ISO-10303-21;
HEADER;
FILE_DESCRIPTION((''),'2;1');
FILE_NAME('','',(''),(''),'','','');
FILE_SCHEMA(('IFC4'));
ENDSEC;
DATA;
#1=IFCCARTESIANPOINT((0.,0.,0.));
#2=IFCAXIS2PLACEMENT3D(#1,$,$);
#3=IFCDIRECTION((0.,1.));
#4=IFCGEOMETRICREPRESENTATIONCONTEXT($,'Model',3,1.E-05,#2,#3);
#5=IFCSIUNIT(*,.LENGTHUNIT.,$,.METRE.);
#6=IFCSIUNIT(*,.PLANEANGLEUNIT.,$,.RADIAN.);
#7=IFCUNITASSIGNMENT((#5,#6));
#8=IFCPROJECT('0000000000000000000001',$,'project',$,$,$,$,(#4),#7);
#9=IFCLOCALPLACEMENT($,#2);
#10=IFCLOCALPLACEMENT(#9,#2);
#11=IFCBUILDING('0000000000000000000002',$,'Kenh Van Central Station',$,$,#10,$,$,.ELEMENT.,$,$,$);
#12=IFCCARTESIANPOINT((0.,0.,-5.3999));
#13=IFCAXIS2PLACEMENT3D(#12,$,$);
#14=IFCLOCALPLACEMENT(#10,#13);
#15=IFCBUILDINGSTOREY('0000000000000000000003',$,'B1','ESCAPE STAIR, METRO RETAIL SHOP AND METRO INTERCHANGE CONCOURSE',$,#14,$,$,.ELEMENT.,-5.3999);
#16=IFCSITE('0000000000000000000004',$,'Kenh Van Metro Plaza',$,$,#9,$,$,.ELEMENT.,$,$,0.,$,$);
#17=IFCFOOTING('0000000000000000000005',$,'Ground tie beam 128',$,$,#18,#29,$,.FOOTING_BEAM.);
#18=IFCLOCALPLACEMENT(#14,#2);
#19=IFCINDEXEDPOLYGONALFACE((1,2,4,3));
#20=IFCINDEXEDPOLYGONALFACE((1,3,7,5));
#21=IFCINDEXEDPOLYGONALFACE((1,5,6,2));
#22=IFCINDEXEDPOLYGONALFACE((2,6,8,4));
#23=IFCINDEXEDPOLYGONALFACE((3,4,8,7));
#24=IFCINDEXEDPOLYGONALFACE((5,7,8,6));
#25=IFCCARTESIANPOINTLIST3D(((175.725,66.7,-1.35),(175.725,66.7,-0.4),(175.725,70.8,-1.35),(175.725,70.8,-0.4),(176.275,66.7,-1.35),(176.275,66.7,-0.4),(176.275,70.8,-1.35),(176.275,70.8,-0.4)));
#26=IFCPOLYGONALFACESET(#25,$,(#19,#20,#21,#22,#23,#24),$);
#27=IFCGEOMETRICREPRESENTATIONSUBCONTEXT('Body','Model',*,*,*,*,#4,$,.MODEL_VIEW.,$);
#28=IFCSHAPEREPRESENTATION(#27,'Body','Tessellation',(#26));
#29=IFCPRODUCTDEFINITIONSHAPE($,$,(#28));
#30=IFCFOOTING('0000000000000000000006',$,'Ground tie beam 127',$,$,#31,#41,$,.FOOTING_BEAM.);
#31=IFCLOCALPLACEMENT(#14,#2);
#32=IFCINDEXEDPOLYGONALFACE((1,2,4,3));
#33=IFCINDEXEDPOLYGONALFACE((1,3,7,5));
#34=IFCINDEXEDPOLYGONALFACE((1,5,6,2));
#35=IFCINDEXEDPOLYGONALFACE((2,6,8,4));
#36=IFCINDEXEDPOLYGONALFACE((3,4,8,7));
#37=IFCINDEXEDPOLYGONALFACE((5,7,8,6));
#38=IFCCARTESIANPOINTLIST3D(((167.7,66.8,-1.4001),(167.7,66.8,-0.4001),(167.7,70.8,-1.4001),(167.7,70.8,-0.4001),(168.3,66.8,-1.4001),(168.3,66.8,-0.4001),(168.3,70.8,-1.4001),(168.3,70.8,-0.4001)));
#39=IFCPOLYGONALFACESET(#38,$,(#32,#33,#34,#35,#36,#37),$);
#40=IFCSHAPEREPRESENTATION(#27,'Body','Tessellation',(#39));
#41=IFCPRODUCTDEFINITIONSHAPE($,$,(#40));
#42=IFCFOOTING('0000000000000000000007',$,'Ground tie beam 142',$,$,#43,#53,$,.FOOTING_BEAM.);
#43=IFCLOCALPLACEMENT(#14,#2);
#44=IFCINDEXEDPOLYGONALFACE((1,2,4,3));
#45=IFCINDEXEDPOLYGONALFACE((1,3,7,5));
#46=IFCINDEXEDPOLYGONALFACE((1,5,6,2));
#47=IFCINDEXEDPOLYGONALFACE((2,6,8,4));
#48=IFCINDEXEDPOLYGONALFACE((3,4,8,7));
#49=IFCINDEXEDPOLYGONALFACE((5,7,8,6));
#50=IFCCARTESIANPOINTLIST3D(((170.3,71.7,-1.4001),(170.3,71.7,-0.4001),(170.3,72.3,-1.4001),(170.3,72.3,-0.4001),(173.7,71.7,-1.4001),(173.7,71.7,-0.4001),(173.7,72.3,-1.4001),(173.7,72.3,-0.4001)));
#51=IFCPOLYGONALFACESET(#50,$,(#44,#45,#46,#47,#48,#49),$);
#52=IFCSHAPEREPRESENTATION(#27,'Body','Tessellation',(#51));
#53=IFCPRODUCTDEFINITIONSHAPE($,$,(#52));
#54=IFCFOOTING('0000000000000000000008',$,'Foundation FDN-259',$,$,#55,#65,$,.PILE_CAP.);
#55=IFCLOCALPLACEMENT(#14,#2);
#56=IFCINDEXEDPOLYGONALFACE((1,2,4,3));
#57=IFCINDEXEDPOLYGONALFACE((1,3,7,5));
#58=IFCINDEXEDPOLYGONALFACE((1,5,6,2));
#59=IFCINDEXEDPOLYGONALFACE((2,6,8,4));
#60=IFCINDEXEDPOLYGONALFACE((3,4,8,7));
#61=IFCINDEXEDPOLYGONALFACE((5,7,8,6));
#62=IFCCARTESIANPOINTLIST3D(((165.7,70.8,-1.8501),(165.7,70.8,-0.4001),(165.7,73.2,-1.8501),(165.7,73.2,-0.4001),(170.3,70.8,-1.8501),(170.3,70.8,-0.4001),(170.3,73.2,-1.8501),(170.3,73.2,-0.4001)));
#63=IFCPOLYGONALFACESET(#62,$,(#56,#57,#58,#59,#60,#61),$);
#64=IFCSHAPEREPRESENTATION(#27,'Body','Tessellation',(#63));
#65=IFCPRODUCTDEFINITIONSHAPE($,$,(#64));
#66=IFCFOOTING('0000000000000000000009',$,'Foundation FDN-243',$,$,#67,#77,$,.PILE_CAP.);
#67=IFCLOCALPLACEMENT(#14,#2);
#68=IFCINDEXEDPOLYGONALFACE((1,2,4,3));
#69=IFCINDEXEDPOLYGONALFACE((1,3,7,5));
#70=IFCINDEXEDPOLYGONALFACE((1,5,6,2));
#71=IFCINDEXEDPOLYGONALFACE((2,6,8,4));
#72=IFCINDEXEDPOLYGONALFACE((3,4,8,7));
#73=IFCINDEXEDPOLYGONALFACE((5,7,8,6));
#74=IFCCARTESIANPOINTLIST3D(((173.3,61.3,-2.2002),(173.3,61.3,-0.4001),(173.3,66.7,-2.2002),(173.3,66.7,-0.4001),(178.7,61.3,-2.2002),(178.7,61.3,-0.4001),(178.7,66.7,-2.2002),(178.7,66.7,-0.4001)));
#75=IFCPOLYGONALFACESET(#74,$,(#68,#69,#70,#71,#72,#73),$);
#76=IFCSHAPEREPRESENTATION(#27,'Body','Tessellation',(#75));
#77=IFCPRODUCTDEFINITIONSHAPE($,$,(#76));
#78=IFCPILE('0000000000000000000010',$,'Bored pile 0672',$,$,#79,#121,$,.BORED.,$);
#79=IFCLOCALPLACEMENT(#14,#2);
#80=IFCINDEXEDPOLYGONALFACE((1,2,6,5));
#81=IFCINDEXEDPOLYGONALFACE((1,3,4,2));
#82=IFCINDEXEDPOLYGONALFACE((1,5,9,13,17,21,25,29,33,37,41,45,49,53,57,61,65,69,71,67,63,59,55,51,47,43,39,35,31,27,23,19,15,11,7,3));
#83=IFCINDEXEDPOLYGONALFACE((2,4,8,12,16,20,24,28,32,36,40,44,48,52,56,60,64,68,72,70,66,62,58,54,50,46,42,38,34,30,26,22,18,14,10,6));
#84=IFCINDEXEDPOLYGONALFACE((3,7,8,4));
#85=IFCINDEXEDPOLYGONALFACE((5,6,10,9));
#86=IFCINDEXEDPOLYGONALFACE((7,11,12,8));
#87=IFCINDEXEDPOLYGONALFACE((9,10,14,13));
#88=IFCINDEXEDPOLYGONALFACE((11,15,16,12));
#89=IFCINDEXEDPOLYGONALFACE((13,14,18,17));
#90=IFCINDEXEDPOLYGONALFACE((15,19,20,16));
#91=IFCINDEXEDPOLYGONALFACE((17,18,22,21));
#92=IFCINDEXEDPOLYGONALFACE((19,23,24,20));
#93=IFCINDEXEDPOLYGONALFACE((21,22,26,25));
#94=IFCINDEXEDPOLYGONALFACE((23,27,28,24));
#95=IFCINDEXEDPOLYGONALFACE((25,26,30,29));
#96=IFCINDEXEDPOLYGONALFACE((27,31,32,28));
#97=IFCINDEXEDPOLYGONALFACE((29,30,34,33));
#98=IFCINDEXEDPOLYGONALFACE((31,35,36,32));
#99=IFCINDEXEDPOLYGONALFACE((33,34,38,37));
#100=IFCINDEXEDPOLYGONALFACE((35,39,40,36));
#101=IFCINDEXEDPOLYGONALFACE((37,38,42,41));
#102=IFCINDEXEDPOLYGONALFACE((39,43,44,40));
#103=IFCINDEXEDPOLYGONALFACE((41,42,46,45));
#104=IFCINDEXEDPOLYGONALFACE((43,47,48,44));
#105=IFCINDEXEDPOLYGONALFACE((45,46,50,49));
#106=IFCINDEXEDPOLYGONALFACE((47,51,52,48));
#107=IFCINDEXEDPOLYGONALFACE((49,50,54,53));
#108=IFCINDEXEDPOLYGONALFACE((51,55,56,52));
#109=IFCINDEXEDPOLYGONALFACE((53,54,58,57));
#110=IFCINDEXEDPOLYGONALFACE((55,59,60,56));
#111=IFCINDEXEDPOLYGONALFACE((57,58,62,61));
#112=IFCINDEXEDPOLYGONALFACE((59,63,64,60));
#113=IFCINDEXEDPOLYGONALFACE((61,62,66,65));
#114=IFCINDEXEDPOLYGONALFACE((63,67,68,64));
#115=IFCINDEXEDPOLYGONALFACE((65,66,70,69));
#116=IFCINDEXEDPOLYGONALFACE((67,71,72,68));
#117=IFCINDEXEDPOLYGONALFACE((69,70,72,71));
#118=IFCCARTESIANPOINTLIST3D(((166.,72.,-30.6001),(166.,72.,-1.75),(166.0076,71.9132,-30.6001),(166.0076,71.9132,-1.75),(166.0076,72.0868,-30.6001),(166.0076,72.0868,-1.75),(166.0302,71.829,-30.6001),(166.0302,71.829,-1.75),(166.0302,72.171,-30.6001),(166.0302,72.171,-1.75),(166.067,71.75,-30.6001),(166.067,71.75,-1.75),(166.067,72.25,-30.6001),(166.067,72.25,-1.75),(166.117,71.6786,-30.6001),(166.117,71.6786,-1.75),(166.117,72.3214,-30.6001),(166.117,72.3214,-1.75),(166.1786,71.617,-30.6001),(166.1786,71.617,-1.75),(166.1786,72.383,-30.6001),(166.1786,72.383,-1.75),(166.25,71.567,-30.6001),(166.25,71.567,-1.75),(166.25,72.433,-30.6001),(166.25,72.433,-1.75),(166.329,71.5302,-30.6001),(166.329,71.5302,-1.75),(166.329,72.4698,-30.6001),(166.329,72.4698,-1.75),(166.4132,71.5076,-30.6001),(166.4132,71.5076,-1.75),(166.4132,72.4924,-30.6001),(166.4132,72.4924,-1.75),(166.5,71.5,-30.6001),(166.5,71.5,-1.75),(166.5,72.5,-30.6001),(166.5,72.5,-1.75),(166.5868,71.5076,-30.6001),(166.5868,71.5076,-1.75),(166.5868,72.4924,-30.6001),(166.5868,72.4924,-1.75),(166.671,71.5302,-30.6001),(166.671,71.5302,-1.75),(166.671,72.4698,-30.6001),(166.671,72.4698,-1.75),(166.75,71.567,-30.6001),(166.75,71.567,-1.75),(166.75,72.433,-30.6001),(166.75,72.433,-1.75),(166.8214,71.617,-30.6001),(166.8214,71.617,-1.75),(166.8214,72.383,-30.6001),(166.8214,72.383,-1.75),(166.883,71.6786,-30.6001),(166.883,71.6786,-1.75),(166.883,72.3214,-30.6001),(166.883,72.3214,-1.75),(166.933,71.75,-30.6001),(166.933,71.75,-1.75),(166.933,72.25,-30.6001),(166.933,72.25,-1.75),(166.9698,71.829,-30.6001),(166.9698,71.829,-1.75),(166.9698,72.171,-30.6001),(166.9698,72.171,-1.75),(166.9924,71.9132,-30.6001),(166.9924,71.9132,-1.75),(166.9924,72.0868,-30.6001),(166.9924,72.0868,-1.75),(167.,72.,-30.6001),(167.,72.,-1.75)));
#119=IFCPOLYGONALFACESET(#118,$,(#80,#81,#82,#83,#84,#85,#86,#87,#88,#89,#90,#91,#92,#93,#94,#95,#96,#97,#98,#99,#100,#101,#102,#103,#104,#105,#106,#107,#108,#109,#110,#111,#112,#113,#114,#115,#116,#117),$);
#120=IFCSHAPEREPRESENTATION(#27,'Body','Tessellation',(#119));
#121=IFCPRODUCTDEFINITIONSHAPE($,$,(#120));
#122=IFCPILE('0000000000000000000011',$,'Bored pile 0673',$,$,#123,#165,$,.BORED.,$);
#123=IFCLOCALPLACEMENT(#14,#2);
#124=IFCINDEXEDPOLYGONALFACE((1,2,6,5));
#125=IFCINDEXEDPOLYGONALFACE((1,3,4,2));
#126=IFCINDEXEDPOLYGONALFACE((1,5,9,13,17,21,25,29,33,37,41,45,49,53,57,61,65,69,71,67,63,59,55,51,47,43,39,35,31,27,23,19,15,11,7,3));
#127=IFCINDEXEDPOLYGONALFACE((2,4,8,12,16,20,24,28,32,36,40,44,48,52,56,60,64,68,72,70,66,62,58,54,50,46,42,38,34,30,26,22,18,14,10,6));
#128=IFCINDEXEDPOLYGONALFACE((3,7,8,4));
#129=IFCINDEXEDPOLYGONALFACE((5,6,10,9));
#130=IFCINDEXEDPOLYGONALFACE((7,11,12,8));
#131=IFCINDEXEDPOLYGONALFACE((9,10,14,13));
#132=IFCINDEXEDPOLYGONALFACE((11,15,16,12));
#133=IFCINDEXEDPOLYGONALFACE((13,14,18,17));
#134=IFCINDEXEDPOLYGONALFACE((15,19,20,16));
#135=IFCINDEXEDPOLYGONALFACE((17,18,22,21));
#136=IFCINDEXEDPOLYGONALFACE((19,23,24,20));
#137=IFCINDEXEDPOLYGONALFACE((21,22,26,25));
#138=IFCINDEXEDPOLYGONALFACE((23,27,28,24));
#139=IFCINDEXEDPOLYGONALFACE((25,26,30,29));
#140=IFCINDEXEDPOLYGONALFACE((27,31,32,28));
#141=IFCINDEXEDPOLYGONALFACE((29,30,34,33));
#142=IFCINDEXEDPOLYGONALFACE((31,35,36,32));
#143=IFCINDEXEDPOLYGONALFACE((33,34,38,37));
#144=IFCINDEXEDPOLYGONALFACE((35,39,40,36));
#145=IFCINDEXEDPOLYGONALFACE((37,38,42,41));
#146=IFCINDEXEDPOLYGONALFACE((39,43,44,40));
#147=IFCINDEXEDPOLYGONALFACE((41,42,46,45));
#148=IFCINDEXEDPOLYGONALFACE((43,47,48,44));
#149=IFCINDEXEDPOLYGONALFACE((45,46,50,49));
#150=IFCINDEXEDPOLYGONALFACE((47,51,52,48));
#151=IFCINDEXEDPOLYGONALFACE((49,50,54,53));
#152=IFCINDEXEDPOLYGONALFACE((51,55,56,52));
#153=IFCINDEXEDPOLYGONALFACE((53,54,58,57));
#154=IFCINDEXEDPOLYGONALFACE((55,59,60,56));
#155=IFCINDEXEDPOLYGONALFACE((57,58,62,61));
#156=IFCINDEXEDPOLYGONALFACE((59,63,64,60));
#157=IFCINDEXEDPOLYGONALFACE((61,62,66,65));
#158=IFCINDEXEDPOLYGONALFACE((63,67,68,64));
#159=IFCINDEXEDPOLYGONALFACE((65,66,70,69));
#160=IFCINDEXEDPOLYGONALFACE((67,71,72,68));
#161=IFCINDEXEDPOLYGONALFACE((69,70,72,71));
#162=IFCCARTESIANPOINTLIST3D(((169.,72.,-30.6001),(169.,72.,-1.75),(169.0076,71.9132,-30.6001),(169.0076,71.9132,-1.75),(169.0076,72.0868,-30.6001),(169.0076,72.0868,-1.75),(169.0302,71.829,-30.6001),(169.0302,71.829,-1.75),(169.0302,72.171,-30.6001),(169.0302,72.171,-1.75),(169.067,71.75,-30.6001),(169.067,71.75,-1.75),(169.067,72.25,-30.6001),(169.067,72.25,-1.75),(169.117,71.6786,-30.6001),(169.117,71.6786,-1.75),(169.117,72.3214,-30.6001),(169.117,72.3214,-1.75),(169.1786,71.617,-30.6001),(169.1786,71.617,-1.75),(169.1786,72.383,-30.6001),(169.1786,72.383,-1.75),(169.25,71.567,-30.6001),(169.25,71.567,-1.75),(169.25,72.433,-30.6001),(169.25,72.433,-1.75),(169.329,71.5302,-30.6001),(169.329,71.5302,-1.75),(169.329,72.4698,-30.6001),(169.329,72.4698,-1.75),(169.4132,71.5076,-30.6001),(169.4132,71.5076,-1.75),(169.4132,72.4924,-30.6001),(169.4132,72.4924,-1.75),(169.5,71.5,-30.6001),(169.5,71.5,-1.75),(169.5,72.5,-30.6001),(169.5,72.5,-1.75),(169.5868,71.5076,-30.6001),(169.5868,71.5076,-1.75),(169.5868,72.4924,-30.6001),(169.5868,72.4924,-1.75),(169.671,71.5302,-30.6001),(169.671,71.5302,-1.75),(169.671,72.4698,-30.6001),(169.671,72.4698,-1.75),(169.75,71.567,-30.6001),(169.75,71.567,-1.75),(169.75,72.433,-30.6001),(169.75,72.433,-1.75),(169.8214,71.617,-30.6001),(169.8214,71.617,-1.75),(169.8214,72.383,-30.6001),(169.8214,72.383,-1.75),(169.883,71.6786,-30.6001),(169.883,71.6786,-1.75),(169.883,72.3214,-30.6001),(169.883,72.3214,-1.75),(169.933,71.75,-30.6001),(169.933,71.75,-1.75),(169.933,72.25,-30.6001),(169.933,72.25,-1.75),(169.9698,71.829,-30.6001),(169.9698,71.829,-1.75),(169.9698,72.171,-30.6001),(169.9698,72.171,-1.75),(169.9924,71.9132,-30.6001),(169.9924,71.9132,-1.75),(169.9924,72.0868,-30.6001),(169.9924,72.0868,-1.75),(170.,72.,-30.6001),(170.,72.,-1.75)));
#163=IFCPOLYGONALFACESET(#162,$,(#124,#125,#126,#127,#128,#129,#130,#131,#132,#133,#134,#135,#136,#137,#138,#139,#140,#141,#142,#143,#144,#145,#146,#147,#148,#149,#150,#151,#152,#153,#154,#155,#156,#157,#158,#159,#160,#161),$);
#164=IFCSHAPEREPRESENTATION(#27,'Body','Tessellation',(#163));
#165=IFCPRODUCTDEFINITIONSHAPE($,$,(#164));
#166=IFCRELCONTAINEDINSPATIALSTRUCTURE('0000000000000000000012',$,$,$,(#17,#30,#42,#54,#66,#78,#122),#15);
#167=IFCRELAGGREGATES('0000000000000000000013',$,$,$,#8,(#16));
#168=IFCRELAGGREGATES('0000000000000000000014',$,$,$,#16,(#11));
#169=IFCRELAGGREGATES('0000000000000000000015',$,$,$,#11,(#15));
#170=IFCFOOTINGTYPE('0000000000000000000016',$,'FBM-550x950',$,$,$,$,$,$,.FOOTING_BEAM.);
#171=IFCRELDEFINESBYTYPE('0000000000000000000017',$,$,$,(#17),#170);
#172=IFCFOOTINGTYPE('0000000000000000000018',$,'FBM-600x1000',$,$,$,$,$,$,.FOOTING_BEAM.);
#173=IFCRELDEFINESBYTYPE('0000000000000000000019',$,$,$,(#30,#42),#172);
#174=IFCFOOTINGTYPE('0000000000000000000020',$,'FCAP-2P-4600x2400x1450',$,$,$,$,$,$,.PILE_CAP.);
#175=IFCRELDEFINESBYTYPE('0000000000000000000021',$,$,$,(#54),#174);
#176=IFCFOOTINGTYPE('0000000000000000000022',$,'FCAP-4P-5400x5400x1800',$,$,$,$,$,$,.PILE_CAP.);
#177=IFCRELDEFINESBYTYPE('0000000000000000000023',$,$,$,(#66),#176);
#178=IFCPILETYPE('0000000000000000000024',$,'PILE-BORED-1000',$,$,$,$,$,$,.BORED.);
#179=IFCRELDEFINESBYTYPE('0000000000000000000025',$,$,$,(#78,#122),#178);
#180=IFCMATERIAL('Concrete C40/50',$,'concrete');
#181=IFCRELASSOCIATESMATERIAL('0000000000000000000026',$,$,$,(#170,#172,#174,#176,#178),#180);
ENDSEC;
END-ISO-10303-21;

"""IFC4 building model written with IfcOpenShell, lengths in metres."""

from ifc_helpers import new_model, si_unit, direction, frame, origin, origin_2d, place, context, subcontext, project, spatial, rectangle, circle, extrude, material, material_profile, profile_set, type_object, element, save


model = new_model("IFC4")

# Units and contexts
model_context = context("Model", 3, precision=1e-05, world=origin(), true_north=direction((0.0, 1.0)))
body_context = subcontext(model_context, "Body", "Model", "MODEL_VIEW")
ifc_project = project(units=[si_unit("LENGTHUNIT", "METRE"), si_unit("PLANEANGLEUNIT", "RADIAN")], contexts=[model_context])

# Site, building, storey
site_placement = place(None, origin())
site = spatial("IfcSite", under=ifc_project, at=site_placement, Name="Kenh Van Metro Plaza", CompositionType="ELEMENT", RefElevation=0.0)
building_placement = place(site_placement, origin())
building = spatial("IfcBuilding", under=site, at=building_placement, Name="Kenh Van Central Station", CompositionType="ELEMENT")
storey_placement = place(building_placement, frame((0.0, 0.0, -5.3999)))
storey = spatial("IfcBuildingStorey", under=building, at=storey_placement, Name="B1", Description="ESCAPE STAIR, METRO RETAIL SHOP AND METRO INTERCHANGE CONCOURSE", CompositionType="ELEMENT", Elevation=-5.3999)

# Footings
ifc_material_1 = material(Name="Concrete C40/50", Category="concrete")
ifc_material_profile_1 = material_profile(ifc_material_1, rectangle(XDim=0.55, YDim=0.95, at=origin_2d()), Name="RC 550x950")
ifc_profile_set_1 = profile_set([ifc_material_profile_1], Name="Concrete C40/50")
footing_type_1 = type_object("IfcFootingType", Name="FBM-550x950", PredefinedType="FOOTING_BEAM", material=ifc_profile_set_1)
footing_1_placement = place(storey_placement, frame((176.0, 66.7, -0.875), z_axis=(0.0, 1.0, 0.0), x_axis=(-1.0, 0.0, 0.0)))
element("IfcFooting", 1, at=footing_1_placement, inside=storey, type_object=footing_type_1, Name="Ground tie beam 128", PredefinedType="FOOTING_BEAM", context=body_context, shape_type="SweptSolid", body=[
    extrude(rectangle(XDim=0.55, YDim=0.95, at=origin_2d()), origin(), (0.0, 0.0, 1.0), 4.1001),
])
ifc_material_profile_2 = material_profile(ifc_material_1, rectangle(XDim=0.6001, YDim=1.0, at=origin_2d()), Name="RC 600x1000")
ifc_profile_set_2 = profile_set([ifc_material_profile_2], Name="Concrete C40/50")
footing_type_2 = type_object("IfcFootingType", Name="FBM-600x1000", PredefinedType="FOOTING_BEAM", material=ifc_profile_set_2)
footing_2_placement = place(storey_placement, frame((168.0, 66.8, -0.9001), z_axis=(0.0, 1.0, 0.0), x_axis=(-1.0, 0.0, 0.0)))
element("IfcFooting", 2, at=footing_2_placement, inside=storey, type_object=footing_type_2, Name="Ground tie beam 127", PredefinedType="FOOTING_BEAM", context=body_context, shape_type="SweptSolid", body=[
    extrude(rectangle(XDim=0.6001, YDim=1.0, at=origin_2d()), origin(), (0.0, 0.0, 1.0), 4.0),
])
footing_3_placement = place(storey_placement, frame((170.3, 72.0, -0.9001), z_axis=(1.0, 0.0, 0.0), x_axis=(0.0, 1.0, 0.0)))
element("IfcFooting", 3, at=footing_3_placement, inside=storey, type_object=footing_type_2, Name="Ground tie beam 142", PredefinedType="FOOTING_BEAM", context=body_context, shape_type="SweptSolid", body=[
    extrude(rectangle(XDim=0.6001, YDim=1.0, at=origin_2d()), origin(), (0.0, 0.0, 1.0), 3.3999),
])
footing_type_3 = type_object("IfcFootingType", Name="FCAP-2P-4600x2400x1450", PredefinedType="PILE_CAP", material=ifc_material_1)
footing_4_placement = place(storey_placement, frame((168.0, 72.0, -1.8501), z_axis=(0.0, 0.0, 1.0), x_axis=(1.0, 0.0, 0.0)))
element("IfcFooting", 4, at=footing_4_placement, inside=storey, type_object=footing_type_3, Name="Foundation FDN-259", PredefinedType="PILE_CAP", context=body_context, shape_type="SweptSolid", body=[
    extrude(rectangle(XDim=4.6001, YDim=2.3999, at=origin_2d()), origin(), (0.0, 0.0, 1.0), 1.45),
])
footing_type_4 = type_object("IfcFootingType", Name="FCAP-4P-5400x5400x1800", PredefinedType="PILE_CAP", material=ifc_material_1)
footing_5_placement = place(storey_placement, frame((176.0, 64.0, -2.2002), z_axis=(0.0, 0.0, 1.0), x_axis=(1.0, 0.0, 0.0)))
element("IfcFooting", 5, at=footing_5_placement, inside=storey, type_object=footing_type_4, Name="Foundation FDN-243", PredefinedType="PILE_CAP", context=body_context, shape_type="SweptSolid", body=[
    extrude(rectangle(XDim=5.3999, YDim=5.3999, at=origin_2d()), origin(), (0.0, 0.0, 1.0), 1.8),
])

# Piles
ifc_material_profile_3 = material_profile(ifc_material_1, circle(Radius=0.5, at=origin_2d()), Name="PILE D1000")
ifc_profile_set_3 = profile_set([ifc_material_profile_3], Name="Concrete C40/50")
pile_type_1 = type_object("IfcPileType", Name="PILE-BORED-1000", PredefinedType="BORED", material=ifc_profile_set_3)
for number, where, z_axis, x_axis, name in (
    (6, (166.5, 72.0, -1.75), (0.0, 0.0, -1.0), (1.0, 0.0, 0.0), "Bored pile 0672"),
    (7, (169.5, 72.0, -1.75), (0.0, 0.0, -1.0), (1.0, 0.0, 0.0), "Bored pile 0673"),
):
    element("IfcPile", number, at=place(storey_placement, frame(where, z_axis=z_axis, x_axis=x_axis)), inside=storey, type_object=pile_type_1, Name=name, PredefinedType="BORED", context=body_context, shape_type="SweptSolid", body=[
        extrude(circle(Radius=0.5, at=origin_2d()), origin(), (0.0, 0.0, 1.0), 28.8501),
    ])

save(model, "model.ifc")
